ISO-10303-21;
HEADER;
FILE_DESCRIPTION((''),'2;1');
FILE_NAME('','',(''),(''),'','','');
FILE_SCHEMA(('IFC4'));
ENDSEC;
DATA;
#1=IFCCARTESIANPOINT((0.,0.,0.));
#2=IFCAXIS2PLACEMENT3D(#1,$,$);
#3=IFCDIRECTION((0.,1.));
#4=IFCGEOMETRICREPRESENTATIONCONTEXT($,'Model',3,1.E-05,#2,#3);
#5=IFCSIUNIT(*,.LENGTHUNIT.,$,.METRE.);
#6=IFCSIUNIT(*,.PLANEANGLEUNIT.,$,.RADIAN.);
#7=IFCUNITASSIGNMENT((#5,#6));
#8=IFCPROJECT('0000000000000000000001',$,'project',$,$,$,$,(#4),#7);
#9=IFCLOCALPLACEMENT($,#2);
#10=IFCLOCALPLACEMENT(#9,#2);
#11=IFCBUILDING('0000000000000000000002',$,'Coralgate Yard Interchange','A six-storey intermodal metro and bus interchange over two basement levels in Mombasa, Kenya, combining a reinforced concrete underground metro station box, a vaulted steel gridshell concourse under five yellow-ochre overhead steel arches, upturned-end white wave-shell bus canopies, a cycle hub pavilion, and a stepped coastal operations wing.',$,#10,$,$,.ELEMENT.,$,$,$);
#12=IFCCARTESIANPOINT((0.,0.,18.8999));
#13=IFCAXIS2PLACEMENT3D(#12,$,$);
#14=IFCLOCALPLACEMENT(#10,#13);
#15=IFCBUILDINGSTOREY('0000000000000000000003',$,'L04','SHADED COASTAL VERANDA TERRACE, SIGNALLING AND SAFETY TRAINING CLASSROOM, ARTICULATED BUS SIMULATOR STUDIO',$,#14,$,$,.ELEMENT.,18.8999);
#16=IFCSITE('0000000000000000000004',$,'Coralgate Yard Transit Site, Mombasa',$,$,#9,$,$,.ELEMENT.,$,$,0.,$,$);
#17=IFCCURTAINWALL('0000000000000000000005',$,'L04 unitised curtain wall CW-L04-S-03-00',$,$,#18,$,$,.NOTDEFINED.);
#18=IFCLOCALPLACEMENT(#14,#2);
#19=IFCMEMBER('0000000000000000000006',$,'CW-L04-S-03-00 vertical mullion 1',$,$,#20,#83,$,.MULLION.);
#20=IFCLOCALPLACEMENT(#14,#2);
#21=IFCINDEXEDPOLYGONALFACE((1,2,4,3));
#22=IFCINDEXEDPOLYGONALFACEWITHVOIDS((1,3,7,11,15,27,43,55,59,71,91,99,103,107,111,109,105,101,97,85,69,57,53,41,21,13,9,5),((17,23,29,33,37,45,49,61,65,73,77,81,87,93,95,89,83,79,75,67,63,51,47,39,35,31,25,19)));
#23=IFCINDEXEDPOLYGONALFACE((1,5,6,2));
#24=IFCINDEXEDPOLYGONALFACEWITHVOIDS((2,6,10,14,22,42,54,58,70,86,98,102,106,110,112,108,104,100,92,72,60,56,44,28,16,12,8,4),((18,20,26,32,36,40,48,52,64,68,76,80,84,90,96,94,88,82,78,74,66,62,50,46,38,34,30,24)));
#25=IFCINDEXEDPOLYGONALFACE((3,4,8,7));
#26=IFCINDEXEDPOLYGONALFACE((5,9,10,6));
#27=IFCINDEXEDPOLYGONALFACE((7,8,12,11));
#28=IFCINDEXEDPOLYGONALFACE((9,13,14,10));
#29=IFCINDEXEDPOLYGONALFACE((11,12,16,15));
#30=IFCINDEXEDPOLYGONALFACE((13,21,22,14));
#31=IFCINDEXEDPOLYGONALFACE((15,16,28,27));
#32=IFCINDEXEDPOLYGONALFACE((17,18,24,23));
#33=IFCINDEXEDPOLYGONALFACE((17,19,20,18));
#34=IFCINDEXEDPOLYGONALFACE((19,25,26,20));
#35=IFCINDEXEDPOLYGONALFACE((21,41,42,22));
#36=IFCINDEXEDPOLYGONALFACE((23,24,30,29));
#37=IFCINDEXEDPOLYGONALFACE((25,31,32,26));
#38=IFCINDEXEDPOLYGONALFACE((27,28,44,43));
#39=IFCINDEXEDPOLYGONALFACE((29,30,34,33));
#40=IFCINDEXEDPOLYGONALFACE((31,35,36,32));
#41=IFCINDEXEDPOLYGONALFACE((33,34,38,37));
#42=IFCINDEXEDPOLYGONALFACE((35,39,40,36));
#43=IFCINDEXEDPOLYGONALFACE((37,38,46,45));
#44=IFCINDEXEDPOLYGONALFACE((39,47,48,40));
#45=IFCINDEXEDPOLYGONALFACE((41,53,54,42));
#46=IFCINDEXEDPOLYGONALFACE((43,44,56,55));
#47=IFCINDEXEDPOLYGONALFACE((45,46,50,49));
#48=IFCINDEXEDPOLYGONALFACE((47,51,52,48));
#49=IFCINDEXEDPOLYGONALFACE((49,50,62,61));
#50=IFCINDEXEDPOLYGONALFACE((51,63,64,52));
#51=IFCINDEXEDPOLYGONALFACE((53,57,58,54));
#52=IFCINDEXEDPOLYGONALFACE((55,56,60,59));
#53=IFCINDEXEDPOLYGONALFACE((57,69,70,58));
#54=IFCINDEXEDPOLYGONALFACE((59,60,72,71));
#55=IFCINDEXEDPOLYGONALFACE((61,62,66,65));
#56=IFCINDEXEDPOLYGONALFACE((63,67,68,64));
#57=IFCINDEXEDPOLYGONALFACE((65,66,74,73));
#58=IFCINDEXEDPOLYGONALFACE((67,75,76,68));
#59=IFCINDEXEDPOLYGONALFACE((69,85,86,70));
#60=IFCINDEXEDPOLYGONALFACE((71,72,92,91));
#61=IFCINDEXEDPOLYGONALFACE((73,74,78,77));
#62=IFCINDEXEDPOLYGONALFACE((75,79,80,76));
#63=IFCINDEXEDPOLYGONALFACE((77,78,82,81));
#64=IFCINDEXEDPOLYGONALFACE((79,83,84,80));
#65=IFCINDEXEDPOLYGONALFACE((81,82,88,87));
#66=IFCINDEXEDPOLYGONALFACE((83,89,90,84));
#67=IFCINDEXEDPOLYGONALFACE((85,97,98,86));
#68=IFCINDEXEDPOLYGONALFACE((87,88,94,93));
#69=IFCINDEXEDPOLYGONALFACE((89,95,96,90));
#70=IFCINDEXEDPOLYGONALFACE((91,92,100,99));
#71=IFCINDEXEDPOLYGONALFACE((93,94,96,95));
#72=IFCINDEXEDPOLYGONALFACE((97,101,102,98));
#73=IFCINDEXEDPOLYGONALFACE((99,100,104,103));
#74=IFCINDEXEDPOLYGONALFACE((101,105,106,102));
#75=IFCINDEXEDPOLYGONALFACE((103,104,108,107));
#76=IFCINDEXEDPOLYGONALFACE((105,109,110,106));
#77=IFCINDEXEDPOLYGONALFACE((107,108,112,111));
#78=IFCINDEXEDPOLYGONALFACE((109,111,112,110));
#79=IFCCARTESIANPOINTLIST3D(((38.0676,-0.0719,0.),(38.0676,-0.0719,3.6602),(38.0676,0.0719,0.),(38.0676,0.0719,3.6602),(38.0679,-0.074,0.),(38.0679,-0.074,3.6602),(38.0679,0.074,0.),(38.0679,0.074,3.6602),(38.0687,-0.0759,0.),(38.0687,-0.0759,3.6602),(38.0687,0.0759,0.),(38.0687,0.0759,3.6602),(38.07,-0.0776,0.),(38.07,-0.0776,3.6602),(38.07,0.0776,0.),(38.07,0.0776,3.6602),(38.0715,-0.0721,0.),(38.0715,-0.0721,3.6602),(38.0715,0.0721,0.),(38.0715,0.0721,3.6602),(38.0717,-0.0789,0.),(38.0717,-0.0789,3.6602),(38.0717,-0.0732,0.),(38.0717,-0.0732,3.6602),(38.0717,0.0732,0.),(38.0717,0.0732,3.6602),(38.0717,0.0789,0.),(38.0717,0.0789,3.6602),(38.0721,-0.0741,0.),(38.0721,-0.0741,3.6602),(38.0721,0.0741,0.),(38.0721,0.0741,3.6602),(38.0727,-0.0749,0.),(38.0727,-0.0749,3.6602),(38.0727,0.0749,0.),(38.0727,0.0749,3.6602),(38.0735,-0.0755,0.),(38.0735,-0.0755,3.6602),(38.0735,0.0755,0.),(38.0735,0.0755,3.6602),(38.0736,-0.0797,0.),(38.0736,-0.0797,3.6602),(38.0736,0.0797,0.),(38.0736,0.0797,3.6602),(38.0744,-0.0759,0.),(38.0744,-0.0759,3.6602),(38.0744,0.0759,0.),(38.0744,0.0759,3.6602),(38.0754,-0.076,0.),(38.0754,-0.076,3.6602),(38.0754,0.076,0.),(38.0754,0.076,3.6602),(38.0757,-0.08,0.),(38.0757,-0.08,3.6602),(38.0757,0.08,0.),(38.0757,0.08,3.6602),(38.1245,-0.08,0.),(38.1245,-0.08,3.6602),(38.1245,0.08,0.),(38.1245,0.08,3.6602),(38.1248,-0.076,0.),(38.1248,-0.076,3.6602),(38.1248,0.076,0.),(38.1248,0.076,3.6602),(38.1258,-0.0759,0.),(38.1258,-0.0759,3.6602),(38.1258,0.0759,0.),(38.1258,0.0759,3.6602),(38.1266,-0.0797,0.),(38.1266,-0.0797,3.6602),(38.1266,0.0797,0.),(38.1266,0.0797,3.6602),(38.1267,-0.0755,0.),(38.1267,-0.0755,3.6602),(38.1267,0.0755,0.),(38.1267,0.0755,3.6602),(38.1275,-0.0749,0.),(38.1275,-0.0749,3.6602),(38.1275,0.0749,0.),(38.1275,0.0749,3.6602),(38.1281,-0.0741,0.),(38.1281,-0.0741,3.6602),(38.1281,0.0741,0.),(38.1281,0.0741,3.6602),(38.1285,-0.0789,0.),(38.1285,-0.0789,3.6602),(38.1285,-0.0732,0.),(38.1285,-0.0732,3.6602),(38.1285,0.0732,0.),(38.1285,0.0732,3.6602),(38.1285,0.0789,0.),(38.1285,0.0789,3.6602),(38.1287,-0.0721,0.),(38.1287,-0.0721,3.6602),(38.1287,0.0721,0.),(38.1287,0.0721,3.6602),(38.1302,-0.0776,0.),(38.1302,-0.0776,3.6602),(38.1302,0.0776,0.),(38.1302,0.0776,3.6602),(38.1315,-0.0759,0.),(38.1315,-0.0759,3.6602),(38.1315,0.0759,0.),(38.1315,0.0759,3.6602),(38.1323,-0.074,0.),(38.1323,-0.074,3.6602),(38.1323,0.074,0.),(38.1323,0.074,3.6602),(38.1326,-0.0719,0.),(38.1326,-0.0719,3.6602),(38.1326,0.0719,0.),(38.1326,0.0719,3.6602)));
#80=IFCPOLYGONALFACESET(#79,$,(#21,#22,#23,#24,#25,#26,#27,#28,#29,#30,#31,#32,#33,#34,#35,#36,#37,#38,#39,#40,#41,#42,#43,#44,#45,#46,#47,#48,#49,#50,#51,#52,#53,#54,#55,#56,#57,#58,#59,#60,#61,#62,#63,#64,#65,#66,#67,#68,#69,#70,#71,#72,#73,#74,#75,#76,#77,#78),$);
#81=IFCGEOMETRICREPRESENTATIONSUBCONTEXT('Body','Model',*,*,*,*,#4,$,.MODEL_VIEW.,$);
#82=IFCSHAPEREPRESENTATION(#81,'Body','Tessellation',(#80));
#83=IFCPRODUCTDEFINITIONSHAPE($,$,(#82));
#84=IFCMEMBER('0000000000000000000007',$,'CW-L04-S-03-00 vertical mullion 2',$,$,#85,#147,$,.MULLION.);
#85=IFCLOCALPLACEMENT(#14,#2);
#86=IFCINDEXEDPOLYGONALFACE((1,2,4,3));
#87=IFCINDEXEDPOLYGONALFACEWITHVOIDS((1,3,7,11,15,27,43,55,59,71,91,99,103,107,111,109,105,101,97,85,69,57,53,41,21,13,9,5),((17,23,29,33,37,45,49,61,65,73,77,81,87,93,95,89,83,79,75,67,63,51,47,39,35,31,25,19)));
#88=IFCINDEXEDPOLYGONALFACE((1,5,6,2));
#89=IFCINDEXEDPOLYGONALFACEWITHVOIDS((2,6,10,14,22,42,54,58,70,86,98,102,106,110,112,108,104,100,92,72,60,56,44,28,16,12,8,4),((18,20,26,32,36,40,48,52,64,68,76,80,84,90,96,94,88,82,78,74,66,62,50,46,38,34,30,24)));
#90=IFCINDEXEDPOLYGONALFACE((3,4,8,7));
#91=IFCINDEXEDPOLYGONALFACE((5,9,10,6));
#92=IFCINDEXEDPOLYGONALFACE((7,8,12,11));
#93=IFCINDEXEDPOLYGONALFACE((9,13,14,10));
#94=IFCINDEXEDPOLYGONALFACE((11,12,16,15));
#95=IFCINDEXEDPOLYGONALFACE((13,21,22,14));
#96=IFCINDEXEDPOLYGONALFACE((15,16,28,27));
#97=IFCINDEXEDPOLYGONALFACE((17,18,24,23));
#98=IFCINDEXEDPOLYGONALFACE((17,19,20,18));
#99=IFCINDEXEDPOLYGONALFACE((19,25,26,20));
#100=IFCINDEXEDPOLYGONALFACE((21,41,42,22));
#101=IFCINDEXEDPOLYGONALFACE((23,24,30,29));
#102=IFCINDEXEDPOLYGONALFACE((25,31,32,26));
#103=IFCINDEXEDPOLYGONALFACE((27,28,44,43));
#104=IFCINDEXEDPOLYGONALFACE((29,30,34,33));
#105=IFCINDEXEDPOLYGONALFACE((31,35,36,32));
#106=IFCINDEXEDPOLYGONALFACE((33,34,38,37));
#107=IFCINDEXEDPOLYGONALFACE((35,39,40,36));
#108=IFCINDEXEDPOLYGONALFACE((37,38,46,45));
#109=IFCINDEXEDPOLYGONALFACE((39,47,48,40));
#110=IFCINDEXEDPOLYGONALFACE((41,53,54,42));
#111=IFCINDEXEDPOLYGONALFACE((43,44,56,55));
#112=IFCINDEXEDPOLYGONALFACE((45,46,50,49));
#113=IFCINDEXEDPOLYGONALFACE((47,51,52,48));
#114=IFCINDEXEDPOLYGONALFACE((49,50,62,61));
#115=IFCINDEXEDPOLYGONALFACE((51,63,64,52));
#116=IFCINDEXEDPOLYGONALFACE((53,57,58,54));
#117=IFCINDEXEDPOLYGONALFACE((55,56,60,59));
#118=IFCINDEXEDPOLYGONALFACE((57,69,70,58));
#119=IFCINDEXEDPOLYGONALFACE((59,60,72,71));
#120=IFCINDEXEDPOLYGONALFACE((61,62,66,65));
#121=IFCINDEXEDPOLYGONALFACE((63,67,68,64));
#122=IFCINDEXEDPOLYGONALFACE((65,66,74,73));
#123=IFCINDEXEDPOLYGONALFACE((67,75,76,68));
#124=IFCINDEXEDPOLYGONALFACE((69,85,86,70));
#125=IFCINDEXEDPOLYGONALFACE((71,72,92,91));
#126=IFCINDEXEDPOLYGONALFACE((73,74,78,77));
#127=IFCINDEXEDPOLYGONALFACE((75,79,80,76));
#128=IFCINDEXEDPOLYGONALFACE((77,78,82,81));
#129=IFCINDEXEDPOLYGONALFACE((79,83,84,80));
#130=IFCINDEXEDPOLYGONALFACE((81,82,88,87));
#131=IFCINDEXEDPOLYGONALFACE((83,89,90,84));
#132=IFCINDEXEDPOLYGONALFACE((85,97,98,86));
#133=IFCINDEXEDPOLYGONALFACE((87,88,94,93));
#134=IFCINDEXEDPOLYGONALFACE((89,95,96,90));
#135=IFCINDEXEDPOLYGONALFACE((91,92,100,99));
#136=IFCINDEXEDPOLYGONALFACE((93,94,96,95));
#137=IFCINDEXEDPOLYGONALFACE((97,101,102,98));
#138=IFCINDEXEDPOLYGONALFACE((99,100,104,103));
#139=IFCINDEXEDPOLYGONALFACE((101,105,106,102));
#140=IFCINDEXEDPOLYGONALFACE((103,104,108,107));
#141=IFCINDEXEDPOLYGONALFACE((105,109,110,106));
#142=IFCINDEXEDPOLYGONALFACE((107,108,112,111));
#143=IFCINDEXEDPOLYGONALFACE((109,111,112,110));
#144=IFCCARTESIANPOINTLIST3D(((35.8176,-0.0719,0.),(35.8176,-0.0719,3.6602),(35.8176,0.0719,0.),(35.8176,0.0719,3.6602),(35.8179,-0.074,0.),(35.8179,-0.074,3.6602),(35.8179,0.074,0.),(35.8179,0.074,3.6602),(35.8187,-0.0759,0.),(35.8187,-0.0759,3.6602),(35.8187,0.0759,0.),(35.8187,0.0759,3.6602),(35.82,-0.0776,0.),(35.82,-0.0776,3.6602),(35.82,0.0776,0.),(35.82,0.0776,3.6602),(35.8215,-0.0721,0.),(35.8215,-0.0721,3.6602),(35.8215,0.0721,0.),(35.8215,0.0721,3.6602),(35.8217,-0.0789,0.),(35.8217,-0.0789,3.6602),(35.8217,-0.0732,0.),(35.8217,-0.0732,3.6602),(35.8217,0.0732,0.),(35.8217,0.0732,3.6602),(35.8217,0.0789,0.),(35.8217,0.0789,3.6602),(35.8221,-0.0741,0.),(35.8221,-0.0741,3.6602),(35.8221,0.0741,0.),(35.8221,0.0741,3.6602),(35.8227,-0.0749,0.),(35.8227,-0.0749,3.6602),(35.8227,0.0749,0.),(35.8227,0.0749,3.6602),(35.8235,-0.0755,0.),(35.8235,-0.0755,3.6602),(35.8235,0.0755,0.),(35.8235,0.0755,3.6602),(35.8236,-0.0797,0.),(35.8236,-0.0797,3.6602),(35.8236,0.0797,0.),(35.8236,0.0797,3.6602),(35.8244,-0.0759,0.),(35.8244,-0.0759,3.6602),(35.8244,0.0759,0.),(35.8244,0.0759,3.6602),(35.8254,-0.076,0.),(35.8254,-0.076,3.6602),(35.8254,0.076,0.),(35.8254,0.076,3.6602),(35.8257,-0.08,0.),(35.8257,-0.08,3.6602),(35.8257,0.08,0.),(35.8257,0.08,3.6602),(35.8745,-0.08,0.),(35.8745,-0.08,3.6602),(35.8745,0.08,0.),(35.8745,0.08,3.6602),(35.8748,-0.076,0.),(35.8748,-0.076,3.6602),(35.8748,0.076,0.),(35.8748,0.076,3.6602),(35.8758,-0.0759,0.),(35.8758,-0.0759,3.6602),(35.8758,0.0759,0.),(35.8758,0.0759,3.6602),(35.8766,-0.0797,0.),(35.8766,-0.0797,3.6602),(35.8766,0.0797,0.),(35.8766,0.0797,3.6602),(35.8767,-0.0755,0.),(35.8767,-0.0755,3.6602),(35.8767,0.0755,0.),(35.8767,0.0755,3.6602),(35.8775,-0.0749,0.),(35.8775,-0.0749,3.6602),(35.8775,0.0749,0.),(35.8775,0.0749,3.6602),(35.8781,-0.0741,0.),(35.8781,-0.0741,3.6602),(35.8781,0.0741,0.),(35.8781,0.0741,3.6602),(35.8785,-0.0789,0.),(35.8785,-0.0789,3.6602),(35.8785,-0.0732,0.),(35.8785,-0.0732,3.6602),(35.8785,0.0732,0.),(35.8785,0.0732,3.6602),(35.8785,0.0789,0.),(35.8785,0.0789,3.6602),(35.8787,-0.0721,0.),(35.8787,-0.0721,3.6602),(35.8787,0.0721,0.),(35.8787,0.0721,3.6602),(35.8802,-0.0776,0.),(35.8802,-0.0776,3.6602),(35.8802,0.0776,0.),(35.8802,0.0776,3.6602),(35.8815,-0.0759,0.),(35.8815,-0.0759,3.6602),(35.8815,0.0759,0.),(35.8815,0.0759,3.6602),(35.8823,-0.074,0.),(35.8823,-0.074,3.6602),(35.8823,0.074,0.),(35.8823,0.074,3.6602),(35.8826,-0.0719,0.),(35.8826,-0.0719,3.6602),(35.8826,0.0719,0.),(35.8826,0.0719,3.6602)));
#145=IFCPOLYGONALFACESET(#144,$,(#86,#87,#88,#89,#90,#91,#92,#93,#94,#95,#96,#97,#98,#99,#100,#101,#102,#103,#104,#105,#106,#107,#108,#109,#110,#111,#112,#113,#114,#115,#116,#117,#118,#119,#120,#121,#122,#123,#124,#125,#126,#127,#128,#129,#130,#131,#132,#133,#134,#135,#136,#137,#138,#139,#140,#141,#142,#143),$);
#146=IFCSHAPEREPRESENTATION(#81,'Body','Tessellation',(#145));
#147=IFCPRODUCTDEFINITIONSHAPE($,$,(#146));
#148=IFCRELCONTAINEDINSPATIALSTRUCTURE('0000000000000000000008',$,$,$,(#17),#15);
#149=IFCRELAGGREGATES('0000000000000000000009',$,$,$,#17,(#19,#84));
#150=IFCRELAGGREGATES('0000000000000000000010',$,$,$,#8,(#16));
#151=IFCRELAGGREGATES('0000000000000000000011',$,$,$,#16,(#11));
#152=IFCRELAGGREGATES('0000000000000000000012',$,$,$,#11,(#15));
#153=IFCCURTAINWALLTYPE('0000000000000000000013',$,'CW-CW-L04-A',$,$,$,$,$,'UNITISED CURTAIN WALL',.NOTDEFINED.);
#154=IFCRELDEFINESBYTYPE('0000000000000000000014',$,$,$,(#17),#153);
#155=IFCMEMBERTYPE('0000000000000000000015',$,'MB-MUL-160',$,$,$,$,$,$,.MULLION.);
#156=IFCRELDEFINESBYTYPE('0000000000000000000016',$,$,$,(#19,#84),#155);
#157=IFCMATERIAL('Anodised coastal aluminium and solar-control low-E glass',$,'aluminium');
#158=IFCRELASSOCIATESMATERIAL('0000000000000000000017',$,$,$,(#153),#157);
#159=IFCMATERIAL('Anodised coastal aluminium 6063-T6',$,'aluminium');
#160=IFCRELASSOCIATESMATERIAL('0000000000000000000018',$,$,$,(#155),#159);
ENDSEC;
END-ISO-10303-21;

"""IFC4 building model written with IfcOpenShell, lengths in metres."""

from ifc_helpers import new_model, si_unit, direction, frame, origin, origin_2d, place, context, subcontext, project, spatial, hollow_rectangle, extrude, material, material_profile, profile_set, type_object, element, aggregate, save


model = new_model("IFC4")

# Units and contexts
model_context = context("Model", 3, precision=1e-05, world=origin(), true_north=direction((0.0, 1.0)))
body_context = subcontext(model_context, "Body", "Model", "MODEL_VIEW")
ifc_project = project(units=[si_unit("LENGTHUNIT", "METRE"), si_unit("PLANEANGLEUNIT", "RADIAN")], contexts=[model_context])

# Site, building, storey
site_placement = place(None, origin())
site = spatial("IfcSite", under=ifc_project, at=site_placement, Name="Coralgate Yard Transit Site, Mombasa", CompositionType="ELEMENT", RefElevation=0.0)
building_placement = place(site_placement, origin())
building = spatial("IfcBuilding", under=site, at=building_placement, Name="Coralgate Yard Interchange", Description="A six-storey intermodal metro and bus interchange over two basement levels in Mombasa, Kenya, combining a reinforced concrete underground metro station box, a vaulted steel gridshell concourse under five yellow-ochre overhead steel arches, upturned-end white wave-shell bus canopies, a cycle hub pavilion, and a stepped coastal operations wing.", CompositionType="ELEMENT")
storey_placement = place(building_placement, frame((0.0, 0.0, 18.8999)))
storey = spatial("IfcBuildingStorey", under=building, at=storey_placement, Name="L04", Description="SHADED COASTAL VERANDA TERRACE, SIGNALLING AND SAFETY TRAINING CLASSROOM, ARTICULATED BUS SIMULATOR STUDIO", CompositionType="ELEMENT", Elevation=18.8999)

# Curtain wall, members
ifc_material_1 = material(Name="Anodised coastal aluminium and solar-control low-E glass", Category="aluminium")
curtain_wall_type = type_object("IfcCurtainWallType", Name="CW-CW-L04-A", ElementType="UNITISED CURTAIN WALL", PredefinedType="NOTDEFINED", material=ifc_material_1)
curtain_wall_placement = place(storey_placement, origin())
curtain_wall = element("IfcCurtainWall", 1, at=curtain_wall_placement, inside=storey, type_object=curtain_wall_type, Name="L04 unitised curtain wall CW-L04-S-03-00", PredefinedType="NOTDEFINED")
ifc_material_2 = material(Name="Anodised coastal aluminium 6063-T6", Category="aluminium")
ifc_material_profile_1 = material_profile(ifc_material_2, hollow_rectangle(XDim=0.0649, YDim=0.1599, WallThickness=0.0039, InnerFilletRadius=0.0039, OuterFilletRadius=0.0081, at=origin_2d()), Name="ALU 65x160x4")
ifc_profile_set_1 = profile_set([ifc_material_profile_1], Name="Anodised coastal aluminium 6063-T6")
member_type_1 = type_object("IfcMemberType", Name="MB-MUL-160", PredefinedType="MULLION", material=ifc_profile_set_1)
member_1_placement = place(storey_placement, frame((38.1001, 0.0, 0.0), z_axis=(0.0, 0.0, 1.0), x_axis=(1.0, 0.0, 0.0)))
member_1 = element("IfcMember", 2, at=member_1_placement, type_object=member_type_1, Name="CW-L04-S-03-00 vertical mullion 1", PredefinedType="MULLION", context=body_context, shape_type="SweptSolid", body=[
    extrude(hollow_rectangle(XDim=0.0649, YDim=0.1599, WallThickness=0.0039, InnerFilletRadius=0.0039, OuterFilletRadius=0.0081, at=origin_2d()), origin(), (0.0, 0.0, 1.0), 3.6602),
])
member_2_placement = place(storey_placement, frame((35.8501, 0.0, 0.0), z_axis=(0.0, 0.0, 1.0), x_axis=(1.0, 0.0, 0.0)))
member_2 = element("IfcMember", 3, at=member_2_placement, type_object=member_type_1, Name="CW-L04-S-03-00 vertical mullion 2", PredefinedType="MULLION", context=body_context, shape_type="SweptSolid", body=[
    extrude(hollow_rectangle(XDim=0.0649, YDim=0.1599, WallThickness=0.0039, InnerFilletRadius=0.0039, OuterFilletRadius=0.0081, at=origin_2d()), origin(), (0.0, 0.0, 1.0), 3.6602),
])
aggregate(curtain_wall, [member_1, member_2])

save(model, "model.ifc")
